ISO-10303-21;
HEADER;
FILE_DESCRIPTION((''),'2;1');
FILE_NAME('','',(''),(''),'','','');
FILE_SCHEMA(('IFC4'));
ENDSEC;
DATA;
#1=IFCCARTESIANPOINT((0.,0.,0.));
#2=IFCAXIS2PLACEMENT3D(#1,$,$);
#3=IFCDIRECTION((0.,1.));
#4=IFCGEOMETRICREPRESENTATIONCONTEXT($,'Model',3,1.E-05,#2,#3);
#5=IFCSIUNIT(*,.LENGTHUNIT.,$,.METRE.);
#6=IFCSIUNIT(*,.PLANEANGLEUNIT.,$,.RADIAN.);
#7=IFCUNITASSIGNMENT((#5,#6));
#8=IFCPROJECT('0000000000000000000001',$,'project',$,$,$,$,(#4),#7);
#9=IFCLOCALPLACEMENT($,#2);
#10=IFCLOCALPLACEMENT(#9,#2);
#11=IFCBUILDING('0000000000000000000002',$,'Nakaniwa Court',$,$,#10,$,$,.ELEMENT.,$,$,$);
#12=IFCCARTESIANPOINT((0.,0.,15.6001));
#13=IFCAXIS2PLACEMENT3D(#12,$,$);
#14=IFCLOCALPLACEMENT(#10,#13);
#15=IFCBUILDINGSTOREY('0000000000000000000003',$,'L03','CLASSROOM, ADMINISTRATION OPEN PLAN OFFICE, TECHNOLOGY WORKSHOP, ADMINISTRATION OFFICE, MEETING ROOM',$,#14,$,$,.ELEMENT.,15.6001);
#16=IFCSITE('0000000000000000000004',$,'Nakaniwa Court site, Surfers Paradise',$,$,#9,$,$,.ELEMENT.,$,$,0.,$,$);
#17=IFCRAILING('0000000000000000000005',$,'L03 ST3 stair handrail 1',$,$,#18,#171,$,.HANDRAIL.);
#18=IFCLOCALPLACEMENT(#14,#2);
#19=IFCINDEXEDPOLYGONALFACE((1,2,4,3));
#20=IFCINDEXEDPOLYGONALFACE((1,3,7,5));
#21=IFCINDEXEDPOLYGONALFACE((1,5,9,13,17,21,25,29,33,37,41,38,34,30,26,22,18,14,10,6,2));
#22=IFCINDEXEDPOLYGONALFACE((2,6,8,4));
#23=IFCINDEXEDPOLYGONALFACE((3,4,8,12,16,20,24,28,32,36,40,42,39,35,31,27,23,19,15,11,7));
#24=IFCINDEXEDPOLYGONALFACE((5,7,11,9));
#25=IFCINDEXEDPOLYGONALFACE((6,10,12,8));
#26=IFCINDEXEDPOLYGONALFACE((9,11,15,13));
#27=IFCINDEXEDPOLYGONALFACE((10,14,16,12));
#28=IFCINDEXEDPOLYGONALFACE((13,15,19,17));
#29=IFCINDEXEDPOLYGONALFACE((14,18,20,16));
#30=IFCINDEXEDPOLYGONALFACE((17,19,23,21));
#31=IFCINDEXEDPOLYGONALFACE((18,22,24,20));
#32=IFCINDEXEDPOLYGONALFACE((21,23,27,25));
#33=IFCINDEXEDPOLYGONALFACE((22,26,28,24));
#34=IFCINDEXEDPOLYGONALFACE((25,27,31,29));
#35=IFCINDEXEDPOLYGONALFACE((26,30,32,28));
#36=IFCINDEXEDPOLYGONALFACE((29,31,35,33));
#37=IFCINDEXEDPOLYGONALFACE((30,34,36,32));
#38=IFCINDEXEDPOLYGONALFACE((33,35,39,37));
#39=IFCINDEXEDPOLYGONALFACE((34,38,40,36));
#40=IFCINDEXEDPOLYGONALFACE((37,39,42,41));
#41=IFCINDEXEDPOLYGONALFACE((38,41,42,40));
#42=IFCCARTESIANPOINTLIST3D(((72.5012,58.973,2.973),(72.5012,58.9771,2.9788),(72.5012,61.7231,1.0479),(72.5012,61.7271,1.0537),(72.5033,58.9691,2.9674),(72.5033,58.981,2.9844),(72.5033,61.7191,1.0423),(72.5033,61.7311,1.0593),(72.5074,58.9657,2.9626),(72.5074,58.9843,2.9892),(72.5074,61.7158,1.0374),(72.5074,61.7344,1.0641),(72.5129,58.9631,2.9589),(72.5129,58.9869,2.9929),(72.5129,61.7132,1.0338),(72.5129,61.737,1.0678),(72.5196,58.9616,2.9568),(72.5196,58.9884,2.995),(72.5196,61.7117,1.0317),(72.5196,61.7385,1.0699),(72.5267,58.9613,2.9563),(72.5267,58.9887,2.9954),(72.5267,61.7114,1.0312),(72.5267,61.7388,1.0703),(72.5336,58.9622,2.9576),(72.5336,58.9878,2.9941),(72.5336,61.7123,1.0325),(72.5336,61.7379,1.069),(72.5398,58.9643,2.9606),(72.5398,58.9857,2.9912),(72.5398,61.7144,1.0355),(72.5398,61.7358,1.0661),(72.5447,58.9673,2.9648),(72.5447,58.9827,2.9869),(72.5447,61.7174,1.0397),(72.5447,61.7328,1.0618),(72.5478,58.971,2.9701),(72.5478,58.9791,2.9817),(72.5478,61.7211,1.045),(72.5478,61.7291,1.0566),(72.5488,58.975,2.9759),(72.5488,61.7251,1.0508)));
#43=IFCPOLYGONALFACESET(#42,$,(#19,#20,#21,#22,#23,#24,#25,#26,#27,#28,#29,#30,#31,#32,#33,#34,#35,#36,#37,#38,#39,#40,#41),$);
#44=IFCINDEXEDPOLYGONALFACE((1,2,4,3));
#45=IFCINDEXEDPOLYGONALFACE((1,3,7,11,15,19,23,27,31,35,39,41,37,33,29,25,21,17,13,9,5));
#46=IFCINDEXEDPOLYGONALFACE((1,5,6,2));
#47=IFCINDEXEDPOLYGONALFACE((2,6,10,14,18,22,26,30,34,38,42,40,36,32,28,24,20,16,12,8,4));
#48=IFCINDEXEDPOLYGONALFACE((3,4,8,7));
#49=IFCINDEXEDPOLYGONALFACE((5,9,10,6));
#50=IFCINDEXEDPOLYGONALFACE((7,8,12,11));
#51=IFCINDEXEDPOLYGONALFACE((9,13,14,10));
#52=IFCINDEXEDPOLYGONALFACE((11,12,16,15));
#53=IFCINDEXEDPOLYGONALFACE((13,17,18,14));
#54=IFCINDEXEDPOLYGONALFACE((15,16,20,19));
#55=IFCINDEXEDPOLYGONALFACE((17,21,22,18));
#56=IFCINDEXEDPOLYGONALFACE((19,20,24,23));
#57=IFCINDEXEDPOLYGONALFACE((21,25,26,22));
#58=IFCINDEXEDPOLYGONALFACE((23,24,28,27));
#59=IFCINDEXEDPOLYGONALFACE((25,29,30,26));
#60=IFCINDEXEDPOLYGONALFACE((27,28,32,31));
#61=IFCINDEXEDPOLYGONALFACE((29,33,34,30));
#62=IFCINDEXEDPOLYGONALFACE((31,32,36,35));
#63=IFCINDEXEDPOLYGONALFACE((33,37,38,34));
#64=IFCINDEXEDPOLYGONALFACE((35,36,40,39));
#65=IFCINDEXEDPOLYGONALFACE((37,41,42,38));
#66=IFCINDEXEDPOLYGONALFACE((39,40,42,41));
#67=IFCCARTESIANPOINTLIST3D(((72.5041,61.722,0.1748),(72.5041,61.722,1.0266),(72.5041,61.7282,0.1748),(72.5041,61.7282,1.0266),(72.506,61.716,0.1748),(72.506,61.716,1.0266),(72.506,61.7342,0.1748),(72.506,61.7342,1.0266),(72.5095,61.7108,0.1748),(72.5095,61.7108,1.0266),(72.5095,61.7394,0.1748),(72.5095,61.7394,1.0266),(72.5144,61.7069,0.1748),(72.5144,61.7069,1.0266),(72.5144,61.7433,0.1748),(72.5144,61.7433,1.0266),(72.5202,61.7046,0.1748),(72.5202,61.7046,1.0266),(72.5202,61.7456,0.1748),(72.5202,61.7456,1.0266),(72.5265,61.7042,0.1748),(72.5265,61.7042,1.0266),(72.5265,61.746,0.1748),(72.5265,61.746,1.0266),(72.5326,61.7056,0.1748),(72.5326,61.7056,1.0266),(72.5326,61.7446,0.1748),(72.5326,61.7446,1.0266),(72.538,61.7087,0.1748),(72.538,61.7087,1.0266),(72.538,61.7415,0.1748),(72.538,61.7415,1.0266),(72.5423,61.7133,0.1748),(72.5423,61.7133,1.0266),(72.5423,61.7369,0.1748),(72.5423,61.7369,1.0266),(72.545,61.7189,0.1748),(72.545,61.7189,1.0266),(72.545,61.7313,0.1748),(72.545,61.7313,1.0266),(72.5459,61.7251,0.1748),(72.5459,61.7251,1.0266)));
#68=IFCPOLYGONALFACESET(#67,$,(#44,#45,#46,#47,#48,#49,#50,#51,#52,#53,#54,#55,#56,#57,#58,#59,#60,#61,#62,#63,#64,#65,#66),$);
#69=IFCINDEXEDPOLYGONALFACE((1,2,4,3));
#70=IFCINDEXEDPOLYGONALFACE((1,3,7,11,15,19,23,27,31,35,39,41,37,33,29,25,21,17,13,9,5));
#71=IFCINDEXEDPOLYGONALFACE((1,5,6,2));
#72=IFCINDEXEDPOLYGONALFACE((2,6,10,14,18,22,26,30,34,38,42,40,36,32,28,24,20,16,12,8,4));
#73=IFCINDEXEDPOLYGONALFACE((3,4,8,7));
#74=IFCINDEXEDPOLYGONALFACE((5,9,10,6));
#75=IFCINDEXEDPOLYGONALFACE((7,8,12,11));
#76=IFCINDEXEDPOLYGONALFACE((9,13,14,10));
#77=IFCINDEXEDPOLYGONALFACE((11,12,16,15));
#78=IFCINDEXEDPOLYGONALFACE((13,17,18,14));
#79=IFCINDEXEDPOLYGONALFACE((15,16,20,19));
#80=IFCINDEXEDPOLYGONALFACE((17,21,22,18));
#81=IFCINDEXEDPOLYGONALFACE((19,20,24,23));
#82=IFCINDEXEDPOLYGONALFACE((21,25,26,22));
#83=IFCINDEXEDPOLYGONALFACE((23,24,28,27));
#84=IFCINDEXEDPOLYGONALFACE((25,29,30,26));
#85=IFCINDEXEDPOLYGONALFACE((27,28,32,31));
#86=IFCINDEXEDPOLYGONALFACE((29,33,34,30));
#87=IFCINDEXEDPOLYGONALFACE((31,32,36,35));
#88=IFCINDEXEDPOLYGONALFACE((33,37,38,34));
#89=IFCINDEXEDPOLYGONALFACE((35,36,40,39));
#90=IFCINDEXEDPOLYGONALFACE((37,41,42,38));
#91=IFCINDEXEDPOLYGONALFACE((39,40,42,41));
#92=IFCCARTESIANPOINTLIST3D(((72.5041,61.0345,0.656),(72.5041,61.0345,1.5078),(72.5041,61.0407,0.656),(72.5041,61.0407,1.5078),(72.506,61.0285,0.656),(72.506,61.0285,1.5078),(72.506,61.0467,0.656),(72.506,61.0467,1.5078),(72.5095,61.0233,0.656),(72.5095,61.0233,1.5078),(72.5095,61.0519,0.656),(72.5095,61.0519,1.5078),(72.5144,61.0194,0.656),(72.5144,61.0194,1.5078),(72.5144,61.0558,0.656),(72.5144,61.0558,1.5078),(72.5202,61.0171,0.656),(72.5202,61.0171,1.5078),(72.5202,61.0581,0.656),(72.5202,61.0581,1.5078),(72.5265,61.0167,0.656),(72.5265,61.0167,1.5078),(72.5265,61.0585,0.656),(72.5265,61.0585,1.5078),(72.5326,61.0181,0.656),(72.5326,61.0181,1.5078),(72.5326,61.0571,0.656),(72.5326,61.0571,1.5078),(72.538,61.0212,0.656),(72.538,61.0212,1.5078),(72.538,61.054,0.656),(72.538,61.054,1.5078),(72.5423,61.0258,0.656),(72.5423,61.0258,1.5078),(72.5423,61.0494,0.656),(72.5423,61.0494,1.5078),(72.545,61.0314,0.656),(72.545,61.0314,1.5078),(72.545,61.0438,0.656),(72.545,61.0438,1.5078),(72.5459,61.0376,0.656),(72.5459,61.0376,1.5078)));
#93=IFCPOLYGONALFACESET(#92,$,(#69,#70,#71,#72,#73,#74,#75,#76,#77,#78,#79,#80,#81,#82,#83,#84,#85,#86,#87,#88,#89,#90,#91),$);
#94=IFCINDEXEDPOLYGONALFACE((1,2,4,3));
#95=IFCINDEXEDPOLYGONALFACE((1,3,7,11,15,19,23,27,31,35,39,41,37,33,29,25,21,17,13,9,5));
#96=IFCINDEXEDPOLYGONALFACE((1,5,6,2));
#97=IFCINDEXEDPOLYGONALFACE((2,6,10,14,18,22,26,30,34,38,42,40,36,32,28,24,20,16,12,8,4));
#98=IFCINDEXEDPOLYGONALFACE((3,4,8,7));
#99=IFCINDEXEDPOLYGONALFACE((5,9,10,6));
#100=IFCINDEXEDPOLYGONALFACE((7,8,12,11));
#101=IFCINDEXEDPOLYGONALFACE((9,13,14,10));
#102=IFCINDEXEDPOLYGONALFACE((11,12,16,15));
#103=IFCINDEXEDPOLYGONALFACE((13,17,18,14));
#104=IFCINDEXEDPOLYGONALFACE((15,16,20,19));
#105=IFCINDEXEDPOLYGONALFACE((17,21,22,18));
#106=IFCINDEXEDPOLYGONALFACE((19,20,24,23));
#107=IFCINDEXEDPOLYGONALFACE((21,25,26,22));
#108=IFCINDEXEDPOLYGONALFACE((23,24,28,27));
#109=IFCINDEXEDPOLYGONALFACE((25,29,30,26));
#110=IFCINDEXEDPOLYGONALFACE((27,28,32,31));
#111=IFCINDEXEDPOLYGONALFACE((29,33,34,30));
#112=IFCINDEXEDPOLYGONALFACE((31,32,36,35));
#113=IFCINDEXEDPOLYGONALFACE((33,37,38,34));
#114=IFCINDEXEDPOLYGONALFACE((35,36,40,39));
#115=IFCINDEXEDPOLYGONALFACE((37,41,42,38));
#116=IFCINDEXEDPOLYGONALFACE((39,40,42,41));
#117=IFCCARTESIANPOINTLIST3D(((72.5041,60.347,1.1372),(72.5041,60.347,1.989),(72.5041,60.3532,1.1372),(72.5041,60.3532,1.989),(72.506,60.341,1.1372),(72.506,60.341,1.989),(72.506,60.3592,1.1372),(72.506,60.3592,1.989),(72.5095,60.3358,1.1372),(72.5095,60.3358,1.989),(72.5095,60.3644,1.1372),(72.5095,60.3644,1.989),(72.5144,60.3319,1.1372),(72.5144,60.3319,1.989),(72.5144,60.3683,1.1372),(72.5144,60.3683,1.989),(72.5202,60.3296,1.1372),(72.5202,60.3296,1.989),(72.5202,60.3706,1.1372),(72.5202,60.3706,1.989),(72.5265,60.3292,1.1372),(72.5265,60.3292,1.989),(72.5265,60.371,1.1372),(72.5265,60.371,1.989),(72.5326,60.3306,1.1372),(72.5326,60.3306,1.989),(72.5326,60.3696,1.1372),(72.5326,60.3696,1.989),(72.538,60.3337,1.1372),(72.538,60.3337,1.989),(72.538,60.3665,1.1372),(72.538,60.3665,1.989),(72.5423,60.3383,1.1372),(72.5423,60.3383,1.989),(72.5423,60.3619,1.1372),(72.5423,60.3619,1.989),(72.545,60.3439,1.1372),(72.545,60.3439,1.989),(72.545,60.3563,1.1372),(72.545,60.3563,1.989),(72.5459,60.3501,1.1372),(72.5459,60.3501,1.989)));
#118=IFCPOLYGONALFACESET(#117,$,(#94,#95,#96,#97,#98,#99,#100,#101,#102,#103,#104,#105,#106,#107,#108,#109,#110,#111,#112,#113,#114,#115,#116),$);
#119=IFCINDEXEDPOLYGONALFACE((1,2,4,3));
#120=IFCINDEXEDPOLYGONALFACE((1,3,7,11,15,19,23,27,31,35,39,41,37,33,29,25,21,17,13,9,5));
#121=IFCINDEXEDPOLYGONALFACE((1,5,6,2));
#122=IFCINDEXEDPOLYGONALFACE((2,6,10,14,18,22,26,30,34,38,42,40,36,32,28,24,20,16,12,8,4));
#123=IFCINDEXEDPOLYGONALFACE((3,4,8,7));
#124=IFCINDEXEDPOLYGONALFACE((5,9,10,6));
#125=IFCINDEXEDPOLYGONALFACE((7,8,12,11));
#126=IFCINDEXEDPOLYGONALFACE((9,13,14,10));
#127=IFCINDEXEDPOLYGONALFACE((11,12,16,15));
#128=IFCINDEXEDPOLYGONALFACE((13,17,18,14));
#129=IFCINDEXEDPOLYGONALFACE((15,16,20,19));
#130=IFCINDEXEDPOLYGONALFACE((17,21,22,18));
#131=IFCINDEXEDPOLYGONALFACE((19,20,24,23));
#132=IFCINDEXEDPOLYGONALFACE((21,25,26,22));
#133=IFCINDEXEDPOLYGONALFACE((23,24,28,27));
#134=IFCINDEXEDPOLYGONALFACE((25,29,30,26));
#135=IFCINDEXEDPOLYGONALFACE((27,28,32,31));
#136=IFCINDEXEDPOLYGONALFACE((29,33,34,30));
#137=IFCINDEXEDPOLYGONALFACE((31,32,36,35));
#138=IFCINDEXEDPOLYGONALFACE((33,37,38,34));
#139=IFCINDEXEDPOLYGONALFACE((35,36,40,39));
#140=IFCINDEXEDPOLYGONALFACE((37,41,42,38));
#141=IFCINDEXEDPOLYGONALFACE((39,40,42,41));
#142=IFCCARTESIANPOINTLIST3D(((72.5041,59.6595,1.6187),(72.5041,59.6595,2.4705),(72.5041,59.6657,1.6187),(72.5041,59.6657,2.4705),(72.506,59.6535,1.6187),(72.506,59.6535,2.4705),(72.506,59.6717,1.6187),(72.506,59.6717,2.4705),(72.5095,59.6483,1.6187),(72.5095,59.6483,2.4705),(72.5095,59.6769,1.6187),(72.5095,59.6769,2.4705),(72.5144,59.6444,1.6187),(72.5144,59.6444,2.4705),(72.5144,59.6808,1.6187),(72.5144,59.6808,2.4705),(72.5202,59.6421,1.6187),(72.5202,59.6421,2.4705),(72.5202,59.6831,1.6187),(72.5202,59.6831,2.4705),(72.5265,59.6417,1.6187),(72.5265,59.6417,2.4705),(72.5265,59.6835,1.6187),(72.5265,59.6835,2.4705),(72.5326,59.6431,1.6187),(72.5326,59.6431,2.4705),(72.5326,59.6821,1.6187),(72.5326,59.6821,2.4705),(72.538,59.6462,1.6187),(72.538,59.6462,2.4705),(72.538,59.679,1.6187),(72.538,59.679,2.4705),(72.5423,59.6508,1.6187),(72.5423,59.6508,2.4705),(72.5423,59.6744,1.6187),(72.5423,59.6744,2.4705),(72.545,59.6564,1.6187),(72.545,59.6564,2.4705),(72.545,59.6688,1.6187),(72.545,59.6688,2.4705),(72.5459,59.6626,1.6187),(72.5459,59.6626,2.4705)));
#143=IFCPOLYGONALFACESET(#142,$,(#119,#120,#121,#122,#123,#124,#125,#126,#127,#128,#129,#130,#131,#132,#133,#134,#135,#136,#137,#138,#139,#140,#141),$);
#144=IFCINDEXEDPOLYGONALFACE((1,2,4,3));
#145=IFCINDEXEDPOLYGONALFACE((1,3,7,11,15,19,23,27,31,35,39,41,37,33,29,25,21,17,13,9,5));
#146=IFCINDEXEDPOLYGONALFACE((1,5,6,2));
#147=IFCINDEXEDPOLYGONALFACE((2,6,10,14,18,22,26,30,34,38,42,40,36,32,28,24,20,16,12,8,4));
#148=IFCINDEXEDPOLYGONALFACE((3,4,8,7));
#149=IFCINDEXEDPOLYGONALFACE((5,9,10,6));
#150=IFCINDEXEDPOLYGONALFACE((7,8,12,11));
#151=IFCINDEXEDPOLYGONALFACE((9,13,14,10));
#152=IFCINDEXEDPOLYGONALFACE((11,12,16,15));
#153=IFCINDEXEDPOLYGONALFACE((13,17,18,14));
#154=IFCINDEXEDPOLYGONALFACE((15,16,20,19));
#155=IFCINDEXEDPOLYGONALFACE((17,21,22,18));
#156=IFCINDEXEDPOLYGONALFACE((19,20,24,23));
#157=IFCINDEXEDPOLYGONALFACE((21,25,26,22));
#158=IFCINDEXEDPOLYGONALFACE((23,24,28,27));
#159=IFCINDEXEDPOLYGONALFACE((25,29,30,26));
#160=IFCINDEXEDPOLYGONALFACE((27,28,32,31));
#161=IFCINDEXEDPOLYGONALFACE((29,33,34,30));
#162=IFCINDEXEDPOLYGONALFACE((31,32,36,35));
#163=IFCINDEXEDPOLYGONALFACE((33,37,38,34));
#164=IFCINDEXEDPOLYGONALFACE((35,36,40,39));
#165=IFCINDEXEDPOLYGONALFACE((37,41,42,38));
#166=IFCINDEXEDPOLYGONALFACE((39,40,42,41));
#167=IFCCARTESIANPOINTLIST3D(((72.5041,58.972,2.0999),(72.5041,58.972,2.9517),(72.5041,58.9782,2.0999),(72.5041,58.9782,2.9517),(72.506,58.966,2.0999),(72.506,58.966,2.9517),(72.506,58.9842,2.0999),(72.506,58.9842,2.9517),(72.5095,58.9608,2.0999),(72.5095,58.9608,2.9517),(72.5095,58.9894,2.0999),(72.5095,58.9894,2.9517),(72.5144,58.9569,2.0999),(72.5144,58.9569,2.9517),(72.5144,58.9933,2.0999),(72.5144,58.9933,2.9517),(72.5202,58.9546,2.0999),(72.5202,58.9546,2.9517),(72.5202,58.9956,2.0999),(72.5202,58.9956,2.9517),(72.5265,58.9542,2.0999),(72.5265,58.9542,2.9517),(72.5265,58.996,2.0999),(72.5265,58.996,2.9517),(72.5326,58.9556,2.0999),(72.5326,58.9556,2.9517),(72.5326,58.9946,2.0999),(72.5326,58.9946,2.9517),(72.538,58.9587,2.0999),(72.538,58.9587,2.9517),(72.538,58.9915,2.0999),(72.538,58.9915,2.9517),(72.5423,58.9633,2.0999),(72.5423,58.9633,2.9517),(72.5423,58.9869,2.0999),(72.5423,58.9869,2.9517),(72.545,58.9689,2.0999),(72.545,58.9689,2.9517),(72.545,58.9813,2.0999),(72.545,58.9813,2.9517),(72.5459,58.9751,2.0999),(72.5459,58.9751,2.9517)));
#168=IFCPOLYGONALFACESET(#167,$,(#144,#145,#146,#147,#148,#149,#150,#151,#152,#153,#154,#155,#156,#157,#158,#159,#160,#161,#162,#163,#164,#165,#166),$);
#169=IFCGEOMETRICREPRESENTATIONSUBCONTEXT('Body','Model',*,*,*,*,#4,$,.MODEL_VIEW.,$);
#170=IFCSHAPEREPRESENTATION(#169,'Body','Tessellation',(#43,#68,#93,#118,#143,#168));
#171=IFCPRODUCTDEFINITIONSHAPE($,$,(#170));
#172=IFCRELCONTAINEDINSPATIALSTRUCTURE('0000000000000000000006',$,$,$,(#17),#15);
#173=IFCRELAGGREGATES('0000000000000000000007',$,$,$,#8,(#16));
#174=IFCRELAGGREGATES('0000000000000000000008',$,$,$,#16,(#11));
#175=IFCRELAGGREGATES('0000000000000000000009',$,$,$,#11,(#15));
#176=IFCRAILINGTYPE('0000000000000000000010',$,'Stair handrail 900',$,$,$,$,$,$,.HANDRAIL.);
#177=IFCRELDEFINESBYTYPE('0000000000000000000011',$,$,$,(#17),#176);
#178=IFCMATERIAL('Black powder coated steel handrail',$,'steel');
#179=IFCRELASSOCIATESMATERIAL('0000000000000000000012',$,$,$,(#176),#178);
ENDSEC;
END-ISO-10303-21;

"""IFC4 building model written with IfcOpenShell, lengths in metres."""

from ifc_helpers import new_model, si_unit, direction, frame, origin, origin_2d, place, context, subcontext, project, spatial, circle, extrude, material, type_object, element, save


model = new_model("IFC4")

# Units and contexts
model_context = context("Model", 3, precision=1e-05, world=origin(), true_north=direction((0.0, 1.0)))
body_context = subcontext(model_context, "Body", "Model", "MODEL_VIEW")
ifc_project = project(units=[si_unit("LENGTHUNIT", "METRE"), si_unit("PLANEANGLEUNIT", "RADIAN")], contexts=[model_context])

# Site, building, storey
site_placement = place(None, origin())
site = spatial("IfcSite", under=ifc_project, at=site_placement, Name="Nakaniwa Court site, Surfers Paradise", CompositionType="ELEMENT", RefElevation=0.0)
building_placement = place(site_placement, origin())
building = spatial("IfcBuilding", under=site, at=building_placement, Name="Nakaniwa Court", CompositionType="ELEMENT")
storey_placement = place(building_placement, frame((0.0, 0.0, 15.6001)))
storey = spatial("IfcBuildingStorey", under=building, at=storey_placement, Name="L03", Description="CLASSROOM, ADMINISTRATION OPEN PLAN OFFICE, TECHNOLOGY WORKSHOP, ADMINISTRATION OFFICE, MEETING ROOM", CompositionType="ELEMENT", Elevation=15.6001)

# Railing
ifc_material_1 = material(Name="Black powder coated steel handrail", Category="steel")
railing_type_1 = type_object("IfcRailingType", Name="Stair handrail 900", PredefinedType="HANDRAIL", material=ifc_material_1)
railing_1_placement = place(storey_placement, frame((72.5249, 61.7251, 0.1748)))
element("IfcRailing", 1, at=railing_1_placement, inside=storey, type_object=railing_type_1, Name="L03 ST3 stair handrail 1", PredefinedType="HANDRAIL", context=body_context, shape_type="SweptSolid", body=[
    extrude(circle(Radius=0.0239, at=origin_2d()), frame((0.0, 0.0, 0.876), z_axis=(0.0, -0.819225, 0.573472), x_axis=(1.0, 0.0, 0.0)), (0.0, 0.0, 1.0), 3.3569),
    extrude(circle(Radius=0.021, at=origin_2d()), origin(), (0.0, 0.0, 1.0), 0.8518),
    extrude(circle(Radius=0.021, at=origin_2d()), frame((0.0, -0.6875, 0.4812)), (0.0, 0.0, 1.0), 0.8518),
    extrude(circle(Radius=0.021, at=origin_2d()), frame((0.0, -1.375, 0.9624)), (0.0, 0.0, 1.0), 0.8518),
    extrude(circle(Radius=0.021, at=origin_2d()), frame((0.0, -2.0625, 1.4438)), (0.0, 0.0, 1.0), 0.8518),
    extrude(circle(Radius=0.021, at=origin_2d()), frame((0.0, -2.75, 1.925)), (0.0, 0.0, 1.0), 0.8518),
])

save(model, "model.ifc")
